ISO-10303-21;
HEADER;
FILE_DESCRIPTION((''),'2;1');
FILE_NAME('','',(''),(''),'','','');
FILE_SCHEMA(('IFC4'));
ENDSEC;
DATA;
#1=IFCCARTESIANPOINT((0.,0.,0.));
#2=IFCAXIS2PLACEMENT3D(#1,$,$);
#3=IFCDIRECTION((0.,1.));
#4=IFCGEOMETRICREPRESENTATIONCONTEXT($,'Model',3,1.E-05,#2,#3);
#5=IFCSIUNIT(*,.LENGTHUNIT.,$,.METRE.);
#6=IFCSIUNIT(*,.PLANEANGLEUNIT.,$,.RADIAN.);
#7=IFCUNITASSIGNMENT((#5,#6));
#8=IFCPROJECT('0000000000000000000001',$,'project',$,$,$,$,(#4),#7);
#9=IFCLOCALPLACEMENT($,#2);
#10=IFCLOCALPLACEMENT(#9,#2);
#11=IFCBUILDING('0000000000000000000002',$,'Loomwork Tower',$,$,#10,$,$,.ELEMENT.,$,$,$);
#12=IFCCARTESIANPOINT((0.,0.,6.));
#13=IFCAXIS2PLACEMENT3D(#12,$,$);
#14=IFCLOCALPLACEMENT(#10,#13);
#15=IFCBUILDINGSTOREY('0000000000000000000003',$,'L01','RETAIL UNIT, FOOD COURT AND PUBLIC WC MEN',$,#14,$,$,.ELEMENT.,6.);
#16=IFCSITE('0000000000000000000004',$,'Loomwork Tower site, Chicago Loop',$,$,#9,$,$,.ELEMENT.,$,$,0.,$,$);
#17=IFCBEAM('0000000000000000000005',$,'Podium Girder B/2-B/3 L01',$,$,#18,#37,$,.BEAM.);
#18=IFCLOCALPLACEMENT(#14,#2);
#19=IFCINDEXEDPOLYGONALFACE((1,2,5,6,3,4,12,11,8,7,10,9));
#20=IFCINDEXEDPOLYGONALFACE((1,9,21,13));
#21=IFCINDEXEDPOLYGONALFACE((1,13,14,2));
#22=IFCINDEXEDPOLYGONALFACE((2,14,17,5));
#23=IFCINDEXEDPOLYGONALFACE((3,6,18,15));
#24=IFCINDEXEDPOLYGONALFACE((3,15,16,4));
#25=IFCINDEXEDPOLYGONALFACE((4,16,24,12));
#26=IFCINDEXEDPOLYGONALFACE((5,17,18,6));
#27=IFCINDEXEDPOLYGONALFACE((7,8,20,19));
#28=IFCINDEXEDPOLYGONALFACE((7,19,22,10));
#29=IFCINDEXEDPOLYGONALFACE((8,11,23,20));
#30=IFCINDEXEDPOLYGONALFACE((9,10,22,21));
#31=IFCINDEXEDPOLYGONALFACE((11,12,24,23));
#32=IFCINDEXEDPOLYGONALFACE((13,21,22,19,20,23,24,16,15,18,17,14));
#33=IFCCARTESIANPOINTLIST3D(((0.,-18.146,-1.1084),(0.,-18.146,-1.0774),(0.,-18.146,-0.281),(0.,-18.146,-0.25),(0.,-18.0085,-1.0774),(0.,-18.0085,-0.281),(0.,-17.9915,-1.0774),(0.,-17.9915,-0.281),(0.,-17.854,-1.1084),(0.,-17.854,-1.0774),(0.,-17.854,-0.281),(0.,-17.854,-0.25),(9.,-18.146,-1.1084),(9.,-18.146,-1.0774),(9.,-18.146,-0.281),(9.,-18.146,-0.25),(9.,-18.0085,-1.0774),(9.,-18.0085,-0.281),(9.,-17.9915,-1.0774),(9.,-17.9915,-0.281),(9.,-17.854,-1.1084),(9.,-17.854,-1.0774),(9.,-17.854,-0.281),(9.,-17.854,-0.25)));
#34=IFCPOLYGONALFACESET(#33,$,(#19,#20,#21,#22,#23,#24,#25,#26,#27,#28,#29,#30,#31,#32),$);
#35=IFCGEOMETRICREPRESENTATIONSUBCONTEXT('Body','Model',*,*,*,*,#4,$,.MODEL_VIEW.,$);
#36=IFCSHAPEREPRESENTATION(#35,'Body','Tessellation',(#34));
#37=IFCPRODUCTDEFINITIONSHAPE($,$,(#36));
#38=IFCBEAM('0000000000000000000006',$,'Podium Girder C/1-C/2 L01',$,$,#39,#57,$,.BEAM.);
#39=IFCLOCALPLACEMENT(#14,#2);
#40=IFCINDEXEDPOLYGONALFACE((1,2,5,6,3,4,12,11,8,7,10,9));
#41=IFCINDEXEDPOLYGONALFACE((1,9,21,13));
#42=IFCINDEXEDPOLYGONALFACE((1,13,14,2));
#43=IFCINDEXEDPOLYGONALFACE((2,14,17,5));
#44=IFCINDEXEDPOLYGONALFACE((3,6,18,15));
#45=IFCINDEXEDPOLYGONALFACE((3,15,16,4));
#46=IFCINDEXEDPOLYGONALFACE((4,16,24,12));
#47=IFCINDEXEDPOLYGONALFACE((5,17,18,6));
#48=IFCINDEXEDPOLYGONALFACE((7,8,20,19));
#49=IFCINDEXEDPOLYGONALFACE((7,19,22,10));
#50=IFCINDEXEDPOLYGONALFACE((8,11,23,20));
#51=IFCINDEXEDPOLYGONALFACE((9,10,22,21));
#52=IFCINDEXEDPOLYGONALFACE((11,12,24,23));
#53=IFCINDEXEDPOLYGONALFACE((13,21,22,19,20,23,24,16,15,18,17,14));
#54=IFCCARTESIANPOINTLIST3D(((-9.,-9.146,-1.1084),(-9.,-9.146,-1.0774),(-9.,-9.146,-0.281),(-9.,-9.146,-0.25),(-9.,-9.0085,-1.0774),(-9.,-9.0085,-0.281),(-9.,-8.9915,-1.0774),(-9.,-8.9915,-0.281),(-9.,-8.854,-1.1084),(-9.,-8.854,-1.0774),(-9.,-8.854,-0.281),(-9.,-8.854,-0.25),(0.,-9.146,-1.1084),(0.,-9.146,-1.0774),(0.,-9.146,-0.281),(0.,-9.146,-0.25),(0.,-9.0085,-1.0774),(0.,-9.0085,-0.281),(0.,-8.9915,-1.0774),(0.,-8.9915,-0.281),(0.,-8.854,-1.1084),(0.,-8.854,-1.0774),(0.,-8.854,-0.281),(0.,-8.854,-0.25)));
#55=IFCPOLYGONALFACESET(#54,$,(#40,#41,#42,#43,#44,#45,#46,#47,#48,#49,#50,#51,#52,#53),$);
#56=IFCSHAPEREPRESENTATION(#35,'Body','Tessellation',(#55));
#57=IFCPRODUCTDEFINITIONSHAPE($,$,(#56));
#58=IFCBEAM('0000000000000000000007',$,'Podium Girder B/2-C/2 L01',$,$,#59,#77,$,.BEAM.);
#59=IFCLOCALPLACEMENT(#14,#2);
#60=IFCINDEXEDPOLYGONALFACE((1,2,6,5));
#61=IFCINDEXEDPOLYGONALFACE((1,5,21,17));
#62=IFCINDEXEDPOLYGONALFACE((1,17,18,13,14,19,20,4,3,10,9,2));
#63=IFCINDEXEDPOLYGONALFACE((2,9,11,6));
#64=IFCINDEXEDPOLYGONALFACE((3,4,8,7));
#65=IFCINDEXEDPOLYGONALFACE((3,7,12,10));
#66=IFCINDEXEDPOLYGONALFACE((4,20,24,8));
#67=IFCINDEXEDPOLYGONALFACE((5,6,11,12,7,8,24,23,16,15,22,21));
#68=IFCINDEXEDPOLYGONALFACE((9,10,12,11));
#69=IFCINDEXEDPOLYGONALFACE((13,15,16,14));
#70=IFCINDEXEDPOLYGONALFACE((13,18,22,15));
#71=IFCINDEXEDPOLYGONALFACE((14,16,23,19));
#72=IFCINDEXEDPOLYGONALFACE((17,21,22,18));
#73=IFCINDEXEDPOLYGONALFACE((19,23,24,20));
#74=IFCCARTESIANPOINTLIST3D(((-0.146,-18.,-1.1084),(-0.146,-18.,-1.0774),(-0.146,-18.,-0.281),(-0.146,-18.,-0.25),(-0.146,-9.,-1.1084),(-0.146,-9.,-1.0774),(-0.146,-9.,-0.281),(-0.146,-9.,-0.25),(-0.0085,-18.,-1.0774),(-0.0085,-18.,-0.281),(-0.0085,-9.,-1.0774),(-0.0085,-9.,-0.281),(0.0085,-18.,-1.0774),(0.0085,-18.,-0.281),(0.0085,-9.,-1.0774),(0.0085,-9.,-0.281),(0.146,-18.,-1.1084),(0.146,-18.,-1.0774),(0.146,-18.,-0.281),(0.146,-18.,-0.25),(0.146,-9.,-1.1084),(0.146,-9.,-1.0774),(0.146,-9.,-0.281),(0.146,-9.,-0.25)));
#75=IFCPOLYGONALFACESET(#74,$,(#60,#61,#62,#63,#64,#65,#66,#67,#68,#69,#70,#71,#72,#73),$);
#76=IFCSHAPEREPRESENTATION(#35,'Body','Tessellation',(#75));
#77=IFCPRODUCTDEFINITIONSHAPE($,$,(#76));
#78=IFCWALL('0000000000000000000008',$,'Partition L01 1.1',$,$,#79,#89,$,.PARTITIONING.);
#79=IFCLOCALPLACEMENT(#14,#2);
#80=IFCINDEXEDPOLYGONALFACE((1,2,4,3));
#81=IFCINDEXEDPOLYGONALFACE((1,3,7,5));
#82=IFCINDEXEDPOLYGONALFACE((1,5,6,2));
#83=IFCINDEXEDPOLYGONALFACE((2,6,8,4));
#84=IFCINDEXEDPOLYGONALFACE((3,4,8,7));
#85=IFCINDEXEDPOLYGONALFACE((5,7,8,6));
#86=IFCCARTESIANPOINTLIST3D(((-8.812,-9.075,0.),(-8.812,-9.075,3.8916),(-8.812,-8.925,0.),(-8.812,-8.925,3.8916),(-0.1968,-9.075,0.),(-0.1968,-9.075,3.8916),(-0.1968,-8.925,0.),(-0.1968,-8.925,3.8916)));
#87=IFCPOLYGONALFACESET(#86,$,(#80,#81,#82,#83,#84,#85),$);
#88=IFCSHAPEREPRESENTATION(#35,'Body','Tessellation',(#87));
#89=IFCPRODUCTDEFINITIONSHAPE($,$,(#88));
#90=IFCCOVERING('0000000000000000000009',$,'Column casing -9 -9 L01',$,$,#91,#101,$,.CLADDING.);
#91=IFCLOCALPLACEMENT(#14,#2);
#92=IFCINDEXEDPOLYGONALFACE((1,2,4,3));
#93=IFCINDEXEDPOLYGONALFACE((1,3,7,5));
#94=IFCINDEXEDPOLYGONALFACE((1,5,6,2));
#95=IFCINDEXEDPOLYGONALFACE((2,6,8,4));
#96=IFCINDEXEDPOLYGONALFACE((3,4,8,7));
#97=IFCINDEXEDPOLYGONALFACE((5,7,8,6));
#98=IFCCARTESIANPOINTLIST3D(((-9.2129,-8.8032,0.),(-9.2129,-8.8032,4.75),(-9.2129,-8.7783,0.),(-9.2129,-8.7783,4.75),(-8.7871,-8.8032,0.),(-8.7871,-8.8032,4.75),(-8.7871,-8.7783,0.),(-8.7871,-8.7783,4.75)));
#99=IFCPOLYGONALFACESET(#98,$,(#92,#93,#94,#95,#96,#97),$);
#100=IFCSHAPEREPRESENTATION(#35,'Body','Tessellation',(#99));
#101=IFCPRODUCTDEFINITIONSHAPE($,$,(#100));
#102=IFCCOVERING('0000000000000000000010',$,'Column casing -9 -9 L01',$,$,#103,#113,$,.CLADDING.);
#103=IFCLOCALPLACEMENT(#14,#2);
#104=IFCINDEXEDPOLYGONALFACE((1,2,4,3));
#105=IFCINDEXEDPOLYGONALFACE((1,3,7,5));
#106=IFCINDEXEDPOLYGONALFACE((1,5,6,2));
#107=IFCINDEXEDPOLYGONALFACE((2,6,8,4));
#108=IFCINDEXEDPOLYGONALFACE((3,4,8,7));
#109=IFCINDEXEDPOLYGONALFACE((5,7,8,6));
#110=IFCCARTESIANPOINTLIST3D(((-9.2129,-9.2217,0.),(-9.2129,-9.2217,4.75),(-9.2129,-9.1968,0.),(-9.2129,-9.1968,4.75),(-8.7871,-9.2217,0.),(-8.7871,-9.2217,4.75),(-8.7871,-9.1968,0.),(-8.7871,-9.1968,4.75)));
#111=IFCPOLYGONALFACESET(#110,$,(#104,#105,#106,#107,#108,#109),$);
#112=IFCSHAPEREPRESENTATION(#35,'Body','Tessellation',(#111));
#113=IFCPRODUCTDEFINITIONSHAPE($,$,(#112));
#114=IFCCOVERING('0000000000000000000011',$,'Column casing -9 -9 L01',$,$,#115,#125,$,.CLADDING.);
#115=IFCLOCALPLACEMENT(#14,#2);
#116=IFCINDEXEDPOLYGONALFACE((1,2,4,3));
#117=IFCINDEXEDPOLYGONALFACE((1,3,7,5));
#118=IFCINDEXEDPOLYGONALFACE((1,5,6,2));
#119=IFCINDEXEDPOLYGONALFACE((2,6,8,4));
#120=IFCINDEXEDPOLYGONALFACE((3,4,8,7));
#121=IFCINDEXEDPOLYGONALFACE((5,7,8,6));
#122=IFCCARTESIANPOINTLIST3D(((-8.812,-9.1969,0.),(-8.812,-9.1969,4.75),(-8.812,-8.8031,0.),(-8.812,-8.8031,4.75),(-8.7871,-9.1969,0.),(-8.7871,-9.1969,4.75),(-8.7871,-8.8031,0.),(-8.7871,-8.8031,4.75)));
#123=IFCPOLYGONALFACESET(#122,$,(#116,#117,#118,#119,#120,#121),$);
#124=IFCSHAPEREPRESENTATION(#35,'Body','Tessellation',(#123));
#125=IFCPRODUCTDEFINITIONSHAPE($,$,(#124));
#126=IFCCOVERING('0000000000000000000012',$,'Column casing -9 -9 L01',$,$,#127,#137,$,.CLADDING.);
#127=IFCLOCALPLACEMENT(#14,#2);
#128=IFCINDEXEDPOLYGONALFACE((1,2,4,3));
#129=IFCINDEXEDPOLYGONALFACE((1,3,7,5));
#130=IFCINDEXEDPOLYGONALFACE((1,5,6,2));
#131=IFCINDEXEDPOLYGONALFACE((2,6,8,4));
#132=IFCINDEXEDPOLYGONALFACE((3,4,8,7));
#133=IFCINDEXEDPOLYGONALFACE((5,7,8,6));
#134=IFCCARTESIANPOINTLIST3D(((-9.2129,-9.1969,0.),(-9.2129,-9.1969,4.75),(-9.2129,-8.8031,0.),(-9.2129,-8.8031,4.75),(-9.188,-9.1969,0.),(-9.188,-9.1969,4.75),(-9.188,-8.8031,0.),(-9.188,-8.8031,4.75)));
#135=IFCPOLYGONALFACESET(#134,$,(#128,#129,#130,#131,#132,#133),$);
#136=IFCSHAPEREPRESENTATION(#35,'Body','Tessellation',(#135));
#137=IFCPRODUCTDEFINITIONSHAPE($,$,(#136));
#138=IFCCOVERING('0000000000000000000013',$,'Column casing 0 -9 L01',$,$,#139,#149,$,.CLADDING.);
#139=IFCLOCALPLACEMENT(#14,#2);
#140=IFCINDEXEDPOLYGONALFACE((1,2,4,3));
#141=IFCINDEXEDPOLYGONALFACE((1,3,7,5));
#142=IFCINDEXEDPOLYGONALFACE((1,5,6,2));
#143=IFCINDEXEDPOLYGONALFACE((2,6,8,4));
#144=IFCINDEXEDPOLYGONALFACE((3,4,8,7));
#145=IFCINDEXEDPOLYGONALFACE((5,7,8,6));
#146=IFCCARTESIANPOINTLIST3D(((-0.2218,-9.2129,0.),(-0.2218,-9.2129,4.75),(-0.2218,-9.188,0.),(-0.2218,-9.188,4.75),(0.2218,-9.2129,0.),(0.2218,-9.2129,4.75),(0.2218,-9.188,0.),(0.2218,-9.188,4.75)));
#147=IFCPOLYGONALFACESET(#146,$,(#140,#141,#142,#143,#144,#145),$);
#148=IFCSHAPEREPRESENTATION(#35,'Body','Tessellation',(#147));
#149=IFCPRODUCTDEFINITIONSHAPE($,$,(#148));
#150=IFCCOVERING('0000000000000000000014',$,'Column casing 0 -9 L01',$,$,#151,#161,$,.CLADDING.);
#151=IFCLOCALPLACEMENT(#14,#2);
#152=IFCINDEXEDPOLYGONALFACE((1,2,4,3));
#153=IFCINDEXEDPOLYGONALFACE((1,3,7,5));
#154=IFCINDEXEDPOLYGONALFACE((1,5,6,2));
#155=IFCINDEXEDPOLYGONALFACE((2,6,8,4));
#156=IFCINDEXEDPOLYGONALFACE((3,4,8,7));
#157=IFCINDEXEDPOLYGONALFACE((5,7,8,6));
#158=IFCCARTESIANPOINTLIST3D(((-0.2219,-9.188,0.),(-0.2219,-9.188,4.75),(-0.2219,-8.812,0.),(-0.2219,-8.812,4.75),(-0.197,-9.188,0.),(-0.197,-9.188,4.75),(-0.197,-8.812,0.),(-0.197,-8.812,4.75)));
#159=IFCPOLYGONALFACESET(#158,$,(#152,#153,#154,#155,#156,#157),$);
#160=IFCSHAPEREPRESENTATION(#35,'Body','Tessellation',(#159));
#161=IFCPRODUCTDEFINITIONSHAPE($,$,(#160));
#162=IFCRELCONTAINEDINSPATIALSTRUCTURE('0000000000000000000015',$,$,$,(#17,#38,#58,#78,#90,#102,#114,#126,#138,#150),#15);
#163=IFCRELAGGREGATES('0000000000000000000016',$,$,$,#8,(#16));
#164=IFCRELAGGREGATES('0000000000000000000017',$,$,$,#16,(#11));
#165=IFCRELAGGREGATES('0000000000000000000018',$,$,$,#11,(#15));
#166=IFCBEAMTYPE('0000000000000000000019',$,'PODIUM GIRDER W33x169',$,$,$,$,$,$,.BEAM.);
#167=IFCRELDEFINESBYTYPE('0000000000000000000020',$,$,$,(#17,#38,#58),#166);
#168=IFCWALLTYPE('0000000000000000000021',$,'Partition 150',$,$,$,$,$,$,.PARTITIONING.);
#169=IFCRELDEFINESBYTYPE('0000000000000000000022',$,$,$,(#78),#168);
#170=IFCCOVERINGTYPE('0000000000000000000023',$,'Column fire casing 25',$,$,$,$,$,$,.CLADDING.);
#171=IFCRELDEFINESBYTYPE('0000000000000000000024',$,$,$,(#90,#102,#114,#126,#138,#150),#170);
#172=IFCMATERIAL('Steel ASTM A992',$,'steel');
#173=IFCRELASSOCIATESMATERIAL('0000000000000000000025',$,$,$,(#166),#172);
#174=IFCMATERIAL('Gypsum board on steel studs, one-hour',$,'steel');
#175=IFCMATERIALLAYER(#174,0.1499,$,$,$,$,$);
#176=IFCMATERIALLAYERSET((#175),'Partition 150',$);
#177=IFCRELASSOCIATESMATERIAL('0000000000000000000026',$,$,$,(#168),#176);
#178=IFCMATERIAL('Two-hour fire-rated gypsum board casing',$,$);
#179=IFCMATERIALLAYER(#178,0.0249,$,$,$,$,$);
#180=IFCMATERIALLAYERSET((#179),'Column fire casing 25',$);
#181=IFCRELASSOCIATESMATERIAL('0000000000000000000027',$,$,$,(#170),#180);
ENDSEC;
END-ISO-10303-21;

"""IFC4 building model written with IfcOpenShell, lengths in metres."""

from ifc_helpers import new_model, si_unit, direction, frame, frame_2d, origin, origin_2d, place, context, subcontext, project, spatial, rectangle, i_section, extrude, material, layer, layer_set, material_profile, profile_set, type_object, element, save


model = new_model("IFC4")

# Units and contexts
model_context = context("Model", 3, precision=1e-05, world=origin(), true_north=direction((0.0, 1.0)))
body_context = subcontext(model_context, "Body", "Model", "MODEL_VIEW")
ifc_project = project(units=[si_unit("LENGTHUNIT", "METRE"), si_unit("PLANEANGLEUNIT", "RADIAN")], contexts=[model_context])

# Site, building, storey
site_placement = place(None, origin())
site = spatial("IfcSite", under=ifc_project, at=site_placement, Name="Loomwork Tower site, Chicago Loop", CompositionType="ELEMENT", RefElevation=0.0)
building_placement = place(site_placement, origin())
building = spatial("IfcBuilding", under=site, at=building_placement, Name="Loomwork Tower", CompositionType="ELEMENT")
storey_placement = place(building_placement, frame((0.0, 0.0, 6.0)))
storey = spatial("IfcBuildingStorey", under=building, at=storey_placement, Name="L01", Description="RETAIL UNIT, FOOD COURT AND PUBLIC WC MEN", CompositionType="ELEMENT", Elevation=6.0)

# Beams
ifc_material_1 = material(Name="Steel ASTM A992", Category="steel")
ifc_material_profile_1 = material_profile(ifc_material_1, i_section(OverallWidth=0.292, OverallDepth=0.8584, WebThickness=0.0171, FlangeThickness=0.031, at=origin_2d()), Name="W33x169")
ifc_profile_set_1 = profile_set([ifc_material_profile_1], Name="Steel ASTM A992")
beam_type_1 = type_object("IfcBeamType", Name="PODIUM GIRDER W33x169", PredefinedType="BEAM", material=ifc_profile_set_1)
for number, where, z_axis, x_axis, name in (
    (1, (0.0, -18.0, -0.6792), (1.0, 0.0, 0.0), (0.0, 1.0, 0.0), "Podium Girder B/2-B/3 L01"),
    (2, (-9.0, -9.0, -0.6792), (1.0, 0.0, 0.0), (0.0, 1.0, 0.0), "Podium Girder C/1-C/2 L01"),
    (3, (0.0, -18.0, -0.6792), (0.0, 1.0, 0.0), (-1.0, 0.0, 0.0), "Podium Girder B/2-C/2 L01"),
):
    element("IfcBeam", number, at=place(storey_placement, frame(where, z_axis=z_axis, x_axis=x_axis)), inside=storey, type_object=beam_type_1, Name=name, PredefinedType="BEAM", context=body_context, shape_type="SweptSolid", body=[
        extrude(i_section(OverallWidth=0.292, OverallDepth=0.8584, WebThickness=0.0171, FlangeThickness=0.031, at=origin_2d()), origin(), (0.0, 0.0, 1.0), 9.0),
    ])

# Wall
ifc_material_2 = material(Name="Gypsum board on steel studs, one-hour", Category="steel")
ifc_layer_1 = layer(ifc_material_2, 0.1499)
ifc_layer_set_1 = layer_set([ifc_layer_1], Name="Partition 150")
wall_type = type_object("IfcWallType", Name="Partition 150", PredefinedType="PARTITIONING", material=ifc_layer_set_1)
wall_placement = place(storey_placement, frame((-8.812, -9.0, 0.0), z_axis=(0.0, 0.0, 1.0), x_axis=(1.0, 0.0, 0.0)))
element("IfcWall", 4, at=wall_placement, inside=storey, type_object=wall_type, Name="Partition L01 1.1", PredefinedType="PARTITIONING", context=body_context, shape_type="SweptSolid", body=[
    extrude(rectangle(XDim=8.6152, YDim=0.1499, at=frame_2d((4.3076, 0.0))), origin(), (0.0, 0.0, 1.0), 3.8916),
])

# Coverings
ifc_material_3 = material(Name="Two-hour fire-rated gypsum board casing")
ifc_layer_2 = layer(ifc_material_3, 0.0249)
ifc_layer_set_2 = layer_set([ifc_layer_2], Name="Column fire casing 25")
covering_type = type_object("IfcCoveringType", Name="Column fire casing 25", PredefinedType="CLADDING", material=ifc_layer_set_2)
for number, where, z_axis, x_axis, name in (
    (5, (-9.0, -8.7908, 0.0), (0.0, 0.0, 1.0), (1.0, 0.0, 0.0), "Column casing -9 -9 L01"),
    (6, (-9.0, -9.2092, 0.0), (0.0, 0.0, 1.0), (1.0, 0.0, 0.0), "Column casing -9 -9 L01"),
):
    element("IfcCovering", number, at=place(storey_placement, frame(where, z_axis=z_axis, x_axis=x_axis)), inside=storey, type_object=covering_type, Name=name, PredefinedType="CLADDING", context=body_context, shape_type="SweptSolid", body=[
        extrude(rectangle(XDim=0.4258, YDim=0.0249, at=origin_2d()), origin(), (0.0, 0.0, 1.0), 4.75),
    ])
for number, where, z_axis, x_axis, name in (
    (7, (-8.7996, -9.0, 0.0), (0.0, 0.0, 1.0), (1.0, 0.0, 0.0), "Column casing -9 -9 L01"),
    (8, (-9.2004, -9.0, 0.0), (0.0, 0.0, 1.0), (1.0, 0.0, 0.0), "Column casing -9 -9 L01"),
):
    element("IfcCovering", number, at=place(storey_placement, frame(where, z_axis=z_axis, x_axis=x_axis)), inside=storey, type_object=covering_type, Name=name, PredefinedType="CLADDING", context=body_context, shape_type="SweptSolid", body=[
        extrude(rectangle(XDim=0.0249, YDim=0.3938, at=origin_2d()), origin(), (0.0, 0.0, 1.0), 4.75),
    ])
covering_1_placement = place(storey_placement, frame((0.0, -9.2004, 0.0), z_axis=(0.0, 0.0, 1.0), x_axis=(1.0, 0.0, 0.0)))
element("IfcCovering", 9, at=covering_1_placement, inside=storey, type_object=covering_type, Name="Column casing 0 -9 L01", PredefinedType="CLADDING", context=body_context, shape_type="SweptSolid", body=[
    extrude(rectangle(XDim=0.4436, YDim=0.0249, at=origin_2d()), origin(), (0.0, 0.0, 1.0), 4.75),
])
covering_2_placement = place(storey_placement, frame((-0.2095, -9.0, 0.0), z_axis=(0.0, 0.0, 1.0), x_axis=(1.0, 0.0, 0.0)))
element("IfcCovering", 10, at=covering_2_placement, inside=storey, type_object=covering_type, Name="Column casing 0 -9 L01", PredefinedType="CLADDING", context=body_context, shape_type="SweptSolid", body=[
    extrude(rectangle(XDim=0.0249, YDim=0.376, at=origin_2d()), origin(), (0.0, 0.0, 1.0), 4.75),
])

save(model, "model.ifc")
